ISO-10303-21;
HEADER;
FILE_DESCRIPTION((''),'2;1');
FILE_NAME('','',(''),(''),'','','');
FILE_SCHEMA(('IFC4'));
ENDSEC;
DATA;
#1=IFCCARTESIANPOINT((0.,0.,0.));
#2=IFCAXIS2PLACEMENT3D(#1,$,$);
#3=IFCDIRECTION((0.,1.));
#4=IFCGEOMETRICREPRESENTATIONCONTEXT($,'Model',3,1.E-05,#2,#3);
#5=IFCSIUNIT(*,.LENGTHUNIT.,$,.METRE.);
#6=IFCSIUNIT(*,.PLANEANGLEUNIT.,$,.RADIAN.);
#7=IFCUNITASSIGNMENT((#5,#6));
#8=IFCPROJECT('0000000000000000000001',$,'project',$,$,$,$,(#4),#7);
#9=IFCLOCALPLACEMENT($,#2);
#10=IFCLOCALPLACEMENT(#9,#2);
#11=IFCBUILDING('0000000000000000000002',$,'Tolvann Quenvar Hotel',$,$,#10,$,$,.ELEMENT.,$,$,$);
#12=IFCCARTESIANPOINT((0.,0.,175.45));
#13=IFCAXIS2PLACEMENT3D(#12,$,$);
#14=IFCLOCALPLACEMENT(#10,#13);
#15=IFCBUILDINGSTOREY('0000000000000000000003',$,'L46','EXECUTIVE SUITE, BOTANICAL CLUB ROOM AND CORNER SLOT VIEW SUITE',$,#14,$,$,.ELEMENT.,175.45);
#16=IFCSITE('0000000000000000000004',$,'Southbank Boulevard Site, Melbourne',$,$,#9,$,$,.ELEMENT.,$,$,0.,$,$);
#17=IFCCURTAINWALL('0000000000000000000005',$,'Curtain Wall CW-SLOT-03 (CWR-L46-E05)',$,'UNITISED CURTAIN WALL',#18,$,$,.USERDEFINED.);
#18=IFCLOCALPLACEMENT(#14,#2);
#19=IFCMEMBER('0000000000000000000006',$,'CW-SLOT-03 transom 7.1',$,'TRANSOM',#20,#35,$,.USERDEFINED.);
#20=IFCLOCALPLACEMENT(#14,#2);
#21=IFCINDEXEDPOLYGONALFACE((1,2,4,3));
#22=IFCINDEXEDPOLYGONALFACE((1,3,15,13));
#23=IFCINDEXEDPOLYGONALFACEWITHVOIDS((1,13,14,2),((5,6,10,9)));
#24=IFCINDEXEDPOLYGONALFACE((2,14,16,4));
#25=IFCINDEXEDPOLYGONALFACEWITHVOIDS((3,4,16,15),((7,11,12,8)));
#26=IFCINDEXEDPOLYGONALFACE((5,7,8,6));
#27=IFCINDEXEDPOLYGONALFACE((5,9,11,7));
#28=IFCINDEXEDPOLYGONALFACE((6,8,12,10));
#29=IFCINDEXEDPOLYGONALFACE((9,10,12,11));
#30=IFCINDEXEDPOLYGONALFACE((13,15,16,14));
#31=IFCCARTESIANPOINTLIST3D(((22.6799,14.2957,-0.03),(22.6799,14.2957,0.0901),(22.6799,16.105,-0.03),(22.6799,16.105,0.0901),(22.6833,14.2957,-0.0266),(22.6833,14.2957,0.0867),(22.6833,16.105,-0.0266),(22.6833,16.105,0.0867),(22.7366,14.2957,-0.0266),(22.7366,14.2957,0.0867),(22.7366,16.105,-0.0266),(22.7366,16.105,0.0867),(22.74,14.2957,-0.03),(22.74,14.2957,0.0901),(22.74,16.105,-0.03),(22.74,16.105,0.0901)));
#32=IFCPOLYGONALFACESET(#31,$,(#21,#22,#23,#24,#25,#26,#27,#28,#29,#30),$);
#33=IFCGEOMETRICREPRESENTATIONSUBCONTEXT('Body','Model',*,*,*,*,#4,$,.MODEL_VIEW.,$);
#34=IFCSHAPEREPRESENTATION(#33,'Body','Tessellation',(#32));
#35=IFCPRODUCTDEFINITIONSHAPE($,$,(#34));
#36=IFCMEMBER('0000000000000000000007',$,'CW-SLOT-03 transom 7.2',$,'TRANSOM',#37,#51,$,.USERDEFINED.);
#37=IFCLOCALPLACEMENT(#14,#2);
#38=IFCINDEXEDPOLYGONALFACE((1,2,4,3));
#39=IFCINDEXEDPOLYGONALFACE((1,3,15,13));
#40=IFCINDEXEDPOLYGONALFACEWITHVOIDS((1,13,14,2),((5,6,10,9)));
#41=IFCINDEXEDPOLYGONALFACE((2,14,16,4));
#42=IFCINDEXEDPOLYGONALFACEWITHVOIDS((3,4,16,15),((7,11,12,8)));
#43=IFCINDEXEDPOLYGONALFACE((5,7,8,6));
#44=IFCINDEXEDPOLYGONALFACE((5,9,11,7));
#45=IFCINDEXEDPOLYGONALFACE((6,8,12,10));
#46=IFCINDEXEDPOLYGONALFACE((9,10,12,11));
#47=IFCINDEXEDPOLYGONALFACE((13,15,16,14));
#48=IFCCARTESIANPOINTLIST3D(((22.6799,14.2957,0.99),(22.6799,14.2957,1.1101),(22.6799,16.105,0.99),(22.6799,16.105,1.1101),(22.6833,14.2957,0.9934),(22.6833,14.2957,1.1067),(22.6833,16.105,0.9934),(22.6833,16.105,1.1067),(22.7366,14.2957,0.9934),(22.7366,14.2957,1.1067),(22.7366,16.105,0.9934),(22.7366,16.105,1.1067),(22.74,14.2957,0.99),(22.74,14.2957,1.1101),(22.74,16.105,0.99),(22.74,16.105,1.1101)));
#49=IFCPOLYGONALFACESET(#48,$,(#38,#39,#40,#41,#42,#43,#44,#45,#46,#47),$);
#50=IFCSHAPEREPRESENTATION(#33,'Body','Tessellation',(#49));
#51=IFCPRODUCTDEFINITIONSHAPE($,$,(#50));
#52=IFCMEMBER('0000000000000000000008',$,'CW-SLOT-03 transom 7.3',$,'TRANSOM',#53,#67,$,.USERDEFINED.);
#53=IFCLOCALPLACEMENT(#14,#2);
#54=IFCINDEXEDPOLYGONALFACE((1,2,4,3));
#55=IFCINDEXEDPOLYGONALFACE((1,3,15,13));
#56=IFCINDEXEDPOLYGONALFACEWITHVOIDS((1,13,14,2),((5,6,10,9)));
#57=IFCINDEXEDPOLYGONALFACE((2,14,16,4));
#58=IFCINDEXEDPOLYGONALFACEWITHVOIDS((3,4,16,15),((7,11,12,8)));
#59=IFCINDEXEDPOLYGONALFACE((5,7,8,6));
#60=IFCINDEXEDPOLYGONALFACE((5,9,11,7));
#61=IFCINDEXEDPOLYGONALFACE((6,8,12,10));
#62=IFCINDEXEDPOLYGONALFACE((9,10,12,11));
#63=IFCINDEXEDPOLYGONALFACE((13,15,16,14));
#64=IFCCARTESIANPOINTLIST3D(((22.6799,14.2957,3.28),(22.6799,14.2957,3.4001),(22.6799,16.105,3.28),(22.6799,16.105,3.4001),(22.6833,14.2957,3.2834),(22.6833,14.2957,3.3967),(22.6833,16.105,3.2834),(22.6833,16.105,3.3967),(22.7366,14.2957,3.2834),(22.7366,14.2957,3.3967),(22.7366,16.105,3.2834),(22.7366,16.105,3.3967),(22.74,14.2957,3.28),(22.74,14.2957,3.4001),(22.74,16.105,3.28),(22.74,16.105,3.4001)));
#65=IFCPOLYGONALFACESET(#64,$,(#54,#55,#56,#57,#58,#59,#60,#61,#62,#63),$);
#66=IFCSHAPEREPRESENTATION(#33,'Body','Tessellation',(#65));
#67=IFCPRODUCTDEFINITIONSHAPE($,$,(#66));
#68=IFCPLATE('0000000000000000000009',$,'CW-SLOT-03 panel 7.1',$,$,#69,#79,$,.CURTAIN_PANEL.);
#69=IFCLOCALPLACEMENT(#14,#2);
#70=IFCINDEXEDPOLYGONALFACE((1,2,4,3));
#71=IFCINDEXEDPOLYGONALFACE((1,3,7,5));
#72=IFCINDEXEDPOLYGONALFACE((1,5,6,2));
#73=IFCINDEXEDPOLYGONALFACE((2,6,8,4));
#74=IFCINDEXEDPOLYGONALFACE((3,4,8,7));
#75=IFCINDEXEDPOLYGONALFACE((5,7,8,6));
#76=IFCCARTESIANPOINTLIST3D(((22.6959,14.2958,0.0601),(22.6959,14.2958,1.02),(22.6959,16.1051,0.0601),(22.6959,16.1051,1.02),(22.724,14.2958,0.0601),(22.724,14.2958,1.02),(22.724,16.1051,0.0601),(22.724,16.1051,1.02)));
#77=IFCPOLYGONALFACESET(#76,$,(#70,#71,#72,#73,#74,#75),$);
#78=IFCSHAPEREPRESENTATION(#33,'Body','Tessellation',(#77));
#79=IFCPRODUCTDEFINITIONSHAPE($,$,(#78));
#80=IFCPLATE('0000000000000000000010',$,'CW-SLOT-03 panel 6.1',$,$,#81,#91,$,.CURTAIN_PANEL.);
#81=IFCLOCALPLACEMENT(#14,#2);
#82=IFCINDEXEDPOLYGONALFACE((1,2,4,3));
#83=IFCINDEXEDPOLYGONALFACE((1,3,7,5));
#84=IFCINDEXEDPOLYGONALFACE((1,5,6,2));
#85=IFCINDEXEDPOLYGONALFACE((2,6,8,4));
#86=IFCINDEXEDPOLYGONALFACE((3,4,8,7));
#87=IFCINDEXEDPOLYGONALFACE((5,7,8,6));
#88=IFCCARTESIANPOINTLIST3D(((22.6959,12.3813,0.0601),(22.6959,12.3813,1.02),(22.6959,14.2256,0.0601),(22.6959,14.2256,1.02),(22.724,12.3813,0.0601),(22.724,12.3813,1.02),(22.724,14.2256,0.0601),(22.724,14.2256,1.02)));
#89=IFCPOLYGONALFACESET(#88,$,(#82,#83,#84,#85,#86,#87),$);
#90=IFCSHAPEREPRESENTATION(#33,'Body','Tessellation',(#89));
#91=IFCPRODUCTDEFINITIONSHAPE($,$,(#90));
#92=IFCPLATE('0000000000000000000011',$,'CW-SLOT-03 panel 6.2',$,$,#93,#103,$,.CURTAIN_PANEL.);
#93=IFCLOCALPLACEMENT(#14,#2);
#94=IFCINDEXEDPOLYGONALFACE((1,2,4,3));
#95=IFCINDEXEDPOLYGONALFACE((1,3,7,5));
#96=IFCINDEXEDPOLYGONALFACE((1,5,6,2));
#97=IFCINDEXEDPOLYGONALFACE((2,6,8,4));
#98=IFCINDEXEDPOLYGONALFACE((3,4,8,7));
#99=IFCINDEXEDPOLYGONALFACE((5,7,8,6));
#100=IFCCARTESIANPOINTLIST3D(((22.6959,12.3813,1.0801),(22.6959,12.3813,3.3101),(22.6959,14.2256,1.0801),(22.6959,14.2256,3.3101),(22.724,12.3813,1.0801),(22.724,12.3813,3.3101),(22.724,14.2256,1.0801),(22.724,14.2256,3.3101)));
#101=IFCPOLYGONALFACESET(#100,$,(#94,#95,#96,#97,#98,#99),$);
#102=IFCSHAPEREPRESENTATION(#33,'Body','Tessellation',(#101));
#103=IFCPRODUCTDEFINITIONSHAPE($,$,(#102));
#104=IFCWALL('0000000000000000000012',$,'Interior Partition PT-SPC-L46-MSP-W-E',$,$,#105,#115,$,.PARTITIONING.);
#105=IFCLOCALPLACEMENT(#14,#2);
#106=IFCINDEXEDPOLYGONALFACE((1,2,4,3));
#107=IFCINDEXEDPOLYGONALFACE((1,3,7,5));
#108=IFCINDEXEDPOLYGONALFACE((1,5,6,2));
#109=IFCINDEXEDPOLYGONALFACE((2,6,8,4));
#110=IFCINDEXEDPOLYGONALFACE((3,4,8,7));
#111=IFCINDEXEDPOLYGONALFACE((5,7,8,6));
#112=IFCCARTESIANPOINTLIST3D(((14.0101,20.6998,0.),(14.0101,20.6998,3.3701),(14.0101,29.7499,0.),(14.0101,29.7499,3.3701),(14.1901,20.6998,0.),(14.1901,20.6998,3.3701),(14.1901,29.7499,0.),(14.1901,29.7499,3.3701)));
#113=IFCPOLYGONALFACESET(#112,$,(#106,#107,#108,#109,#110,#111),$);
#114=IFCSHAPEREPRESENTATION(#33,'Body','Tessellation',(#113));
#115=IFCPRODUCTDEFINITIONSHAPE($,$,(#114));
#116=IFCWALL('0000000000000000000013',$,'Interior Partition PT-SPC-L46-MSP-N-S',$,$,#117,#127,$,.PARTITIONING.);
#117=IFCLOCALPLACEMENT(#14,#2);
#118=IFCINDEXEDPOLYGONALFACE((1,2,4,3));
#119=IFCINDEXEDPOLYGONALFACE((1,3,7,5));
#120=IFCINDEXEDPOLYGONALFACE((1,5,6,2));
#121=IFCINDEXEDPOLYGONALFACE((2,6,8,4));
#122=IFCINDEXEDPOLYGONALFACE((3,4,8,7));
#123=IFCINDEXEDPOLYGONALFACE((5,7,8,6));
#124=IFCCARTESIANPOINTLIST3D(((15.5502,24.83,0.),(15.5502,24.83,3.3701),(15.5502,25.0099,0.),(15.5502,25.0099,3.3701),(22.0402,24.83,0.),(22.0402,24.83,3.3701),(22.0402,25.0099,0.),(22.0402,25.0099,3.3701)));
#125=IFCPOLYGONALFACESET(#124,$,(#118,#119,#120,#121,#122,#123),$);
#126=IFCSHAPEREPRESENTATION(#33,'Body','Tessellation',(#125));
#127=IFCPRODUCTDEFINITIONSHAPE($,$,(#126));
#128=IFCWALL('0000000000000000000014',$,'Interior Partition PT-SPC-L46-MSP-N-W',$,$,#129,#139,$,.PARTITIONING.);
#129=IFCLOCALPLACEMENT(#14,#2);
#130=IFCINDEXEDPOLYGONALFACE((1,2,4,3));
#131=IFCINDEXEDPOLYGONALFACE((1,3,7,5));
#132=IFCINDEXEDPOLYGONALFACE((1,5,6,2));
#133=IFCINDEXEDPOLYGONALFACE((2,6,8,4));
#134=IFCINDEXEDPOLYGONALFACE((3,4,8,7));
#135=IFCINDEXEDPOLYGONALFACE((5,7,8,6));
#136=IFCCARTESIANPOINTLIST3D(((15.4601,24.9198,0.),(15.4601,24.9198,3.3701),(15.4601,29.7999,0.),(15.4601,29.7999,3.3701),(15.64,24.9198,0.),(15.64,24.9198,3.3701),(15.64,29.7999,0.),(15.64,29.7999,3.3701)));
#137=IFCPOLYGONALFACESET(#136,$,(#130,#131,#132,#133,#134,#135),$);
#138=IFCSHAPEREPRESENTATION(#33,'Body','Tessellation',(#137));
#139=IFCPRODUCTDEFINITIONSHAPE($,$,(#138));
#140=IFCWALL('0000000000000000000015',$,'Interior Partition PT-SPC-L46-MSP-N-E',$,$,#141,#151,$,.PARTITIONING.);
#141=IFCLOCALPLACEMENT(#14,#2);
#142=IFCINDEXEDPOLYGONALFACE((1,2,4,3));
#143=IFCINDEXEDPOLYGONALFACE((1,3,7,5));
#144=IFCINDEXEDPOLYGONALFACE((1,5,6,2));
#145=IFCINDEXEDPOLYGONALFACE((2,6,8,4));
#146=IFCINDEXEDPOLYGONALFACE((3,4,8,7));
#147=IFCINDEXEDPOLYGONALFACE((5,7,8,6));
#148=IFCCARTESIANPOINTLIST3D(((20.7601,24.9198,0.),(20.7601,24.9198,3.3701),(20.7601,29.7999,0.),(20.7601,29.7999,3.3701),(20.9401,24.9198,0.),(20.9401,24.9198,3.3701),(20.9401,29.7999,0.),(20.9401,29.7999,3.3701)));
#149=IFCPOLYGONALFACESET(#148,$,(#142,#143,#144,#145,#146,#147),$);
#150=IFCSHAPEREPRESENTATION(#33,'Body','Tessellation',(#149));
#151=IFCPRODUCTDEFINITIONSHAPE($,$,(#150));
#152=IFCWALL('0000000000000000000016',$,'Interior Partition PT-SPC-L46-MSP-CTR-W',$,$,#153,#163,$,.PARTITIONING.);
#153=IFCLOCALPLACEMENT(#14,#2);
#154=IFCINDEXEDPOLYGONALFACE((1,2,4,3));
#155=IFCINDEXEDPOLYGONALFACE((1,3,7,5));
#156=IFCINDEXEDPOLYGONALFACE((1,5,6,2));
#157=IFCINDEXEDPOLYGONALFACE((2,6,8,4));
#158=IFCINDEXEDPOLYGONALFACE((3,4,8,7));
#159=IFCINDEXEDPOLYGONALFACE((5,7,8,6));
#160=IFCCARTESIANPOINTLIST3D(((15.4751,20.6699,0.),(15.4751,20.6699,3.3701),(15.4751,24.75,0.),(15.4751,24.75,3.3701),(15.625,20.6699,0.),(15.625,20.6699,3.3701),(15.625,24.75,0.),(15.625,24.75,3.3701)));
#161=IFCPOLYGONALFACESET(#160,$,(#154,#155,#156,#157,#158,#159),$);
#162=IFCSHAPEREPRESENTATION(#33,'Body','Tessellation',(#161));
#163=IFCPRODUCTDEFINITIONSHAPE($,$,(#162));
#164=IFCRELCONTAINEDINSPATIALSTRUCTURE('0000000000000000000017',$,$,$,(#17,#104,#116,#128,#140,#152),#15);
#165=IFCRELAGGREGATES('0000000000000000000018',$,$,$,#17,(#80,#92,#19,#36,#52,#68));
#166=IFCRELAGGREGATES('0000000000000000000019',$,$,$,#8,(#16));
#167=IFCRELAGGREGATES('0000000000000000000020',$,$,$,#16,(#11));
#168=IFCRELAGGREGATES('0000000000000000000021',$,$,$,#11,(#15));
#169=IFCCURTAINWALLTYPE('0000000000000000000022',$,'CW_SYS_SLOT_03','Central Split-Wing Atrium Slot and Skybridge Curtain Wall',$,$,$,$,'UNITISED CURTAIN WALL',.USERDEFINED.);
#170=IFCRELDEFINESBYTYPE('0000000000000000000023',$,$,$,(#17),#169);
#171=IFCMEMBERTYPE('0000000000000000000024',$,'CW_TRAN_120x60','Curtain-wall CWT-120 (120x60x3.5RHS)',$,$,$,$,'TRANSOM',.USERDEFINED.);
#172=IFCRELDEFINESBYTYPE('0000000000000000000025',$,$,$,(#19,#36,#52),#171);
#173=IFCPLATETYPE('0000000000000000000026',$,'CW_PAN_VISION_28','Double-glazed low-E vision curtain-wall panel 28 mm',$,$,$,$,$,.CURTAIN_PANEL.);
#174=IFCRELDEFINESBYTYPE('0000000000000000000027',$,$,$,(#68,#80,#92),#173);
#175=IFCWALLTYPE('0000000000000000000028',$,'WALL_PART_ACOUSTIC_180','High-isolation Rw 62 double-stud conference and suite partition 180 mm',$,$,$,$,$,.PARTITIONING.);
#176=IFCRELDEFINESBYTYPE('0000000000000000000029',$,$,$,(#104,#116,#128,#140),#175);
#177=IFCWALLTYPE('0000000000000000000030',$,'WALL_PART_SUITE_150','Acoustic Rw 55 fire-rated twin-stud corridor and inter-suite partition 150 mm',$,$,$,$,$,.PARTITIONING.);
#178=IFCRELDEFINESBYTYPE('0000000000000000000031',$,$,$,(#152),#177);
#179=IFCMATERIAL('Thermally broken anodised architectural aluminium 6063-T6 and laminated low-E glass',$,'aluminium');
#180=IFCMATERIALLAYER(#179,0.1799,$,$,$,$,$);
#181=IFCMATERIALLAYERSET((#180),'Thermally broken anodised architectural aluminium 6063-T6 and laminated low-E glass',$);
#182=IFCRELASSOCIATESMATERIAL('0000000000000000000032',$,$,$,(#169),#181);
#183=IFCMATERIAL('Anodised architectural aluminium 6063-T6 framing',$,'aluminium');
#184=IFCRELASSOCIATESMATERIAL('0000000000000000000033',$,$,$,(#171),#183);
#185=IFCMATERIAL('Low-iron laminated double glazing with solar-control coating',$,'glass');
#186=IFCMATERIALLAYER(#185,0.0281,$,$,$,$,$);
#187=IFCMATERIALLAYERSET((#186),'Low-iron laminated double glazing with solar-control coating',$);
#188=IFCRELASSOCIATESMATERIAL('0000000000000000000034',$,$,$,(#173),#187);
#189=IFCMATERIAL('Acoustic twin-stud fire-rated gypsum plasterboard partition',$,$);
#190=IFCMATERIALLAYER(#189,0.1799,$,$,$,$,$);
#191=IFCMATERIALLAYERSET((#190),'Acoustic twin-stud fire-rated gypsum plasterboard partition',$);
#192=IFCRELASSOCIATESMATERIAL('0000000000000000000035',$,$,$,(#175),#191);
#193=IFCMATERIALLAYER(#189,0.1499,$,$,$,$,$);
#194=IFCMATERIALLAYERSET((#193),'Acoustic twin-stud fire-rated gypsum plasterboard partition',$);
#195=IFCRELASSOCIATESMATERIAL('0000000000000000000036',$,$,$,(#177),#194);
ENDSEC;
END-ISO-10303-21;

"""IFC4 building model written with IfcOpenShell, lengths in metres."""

from ifc_helpers import new_model, si_unit, direction, frame, frame_2d, origin, origin_2d, place, context, subcontext, project, spatial, rectangle, hollow_rectangle, extrude, source, transform, mapped, material, layer, layer_set, material_profile, profile_set, type_object, type_shapes, element, aggregate, save


model = new_model("IFC4")

# Units and contexts
model_context = context("Model", 3, precision=1e-05, world=origin(), true_north=direction((0.0, 1.0)))
body_context = subcontext(model_context, "Body", "Model", "MODEL_VIEW")
ifc_project = project(units=[si_unit("LENGTHUNIT", "METRE"), si_unit("PLANEANGLEUNIT", "RADIAN")], contexts=[model_context])

# Site, building, storey
site_placement = place(None, origin())
site = spatial("IfcSite", under=ifc_project, at=site_placement, Name="Southbank Boulevard Site, Melbourne", CompositionType="ELEMENT", RefElevation=0.0)
building_placement = place(site_placement, origin())
building = spatial("IfcBuilding", under=site, at=building_placement, Name="Tolvann Quenvar Hotel", CompositionType="ELEMENT")
storey_placement = place(building_placement, frame((0.0, 0.0, 175.45)))
storey = spatial("IfcBuildingStorey", under=building, at=storey_placement, Name="L46", Description="EXECUTIVE SUITE, BOTANICAL CLUB ROOM AND CORNER SLOT VIEW SUITE", CompositionType="ELEMENT", Elevation=175.45)

# Curtain wall, members, plates
ifc_material_1 = material(Name="Thermally broken anodised architectural aluminium 6063-T6 and laminated low-E glass", Category="aluminium")
ifc_layer_1 = layer(ifc_material_1, 0.1799)
ifc_layer_set_1 = layer_set([ifc_layer_1], Name="Thermally broken anodised architectural aluminium 6063-T6 and laminated low-E glass")
curtain_wall_type = type_object("IfcCurtainWallType", Name="CW_SYS_SLOT_03", Description="Central Split-Wing Atrium Slot and Skybridge Curtain Wall", ElementType="UNITISED CURTAIN WALL", PredefinedType="USERDEFINED", material=ifc_layer_set_1)
curtain_wall_placement = place(storey_placement, origin())
curtain_wall = element("IfcCurtainWall", 1, at=curtain_wall_placement, inside=storey, type_object=curtain_wall_type, Name="Curtain Wall CW-SLOT-03 (CWR-L46-E05)", ObjectType="UNITISED CURTAIN WALL", PredefinedType="USERDEFINED")
ifc_material_2 = material(Name="Anodised architectural aluminium 6063-T6 framing", Category="aluminium")
ifc_material_profile_1 = material_profile(ifc_material_2, hollow_rectangle(XDim=0.0601, YDim=0.1201, WallThickness=0.0034, at=origin_2d()), Name="120x60x3.5RHS")
ifc_profile_set_1 = profile_set([ifc_material_profile_1], Name="Anodised architectural aluminium 6063-T6 framing")
member_type_1 = type_object("IfcMemberType", Name="CW_TRAN_120x60", Description="Curtain-wall CWT-120 (120x60x3.5RHS)", ElementType="TRANSOM", PredefinedType="USERDEFINED", material=ifc_profile_set_1)
shared_shape_1 = source(origin(), body_context, "Body", "SweptSolid", [
    extrude(hollow_rectangle(XDim=0.0601, YDim=0.1201, WallThickness=0.0034, at=origin_2d()), origin(), (0.0, 0.0, 1.0), 1.8093),
])
type_shapes(member_type_1, [shared_shape_1])
member_1_placement = place(storey_placement, frame((22.71, 14.2957, 0.03), z_axis=(0.0, 1.0, 0.0), x_axis=(-1.0, 0.0, 0.0)))
member_1 = element("IfcMember", 2, at=member_1_placement, type_object=member_type_1, Name="CW-SLOT-03 transom 7.1", ObjectType="TRANSOM", PredefinedType="USERDEFINED", context=body_context, shape_type="MappedRepresentation", body=[
    mapped(shared_shape_1, transform((0.0, 0.0, 0.0), x_axis=(1.0, 0.0, 0.0), y_axis=(0.0, 1.0, 0.0), z_axis=(0.0, 0.0, 1.0), scale=1.0)),
])
member_2_placement = place(storey_placement, frame((22.71, 14.2957, 1.05), z_axis=(0.0, 1.0, 0.0), x_axis=(-1.0, 0.0, 0.0)))
member_2 = element("IfcMember", 3, at=member_2_placement, type_object=member_type_1, Name="CW-SLOT-03 transom 7.2", ObjectType="TRANSOM", PredefinedType="USERDEFINED", context=body_context, shape_type="MappedRepresentation", body=[
    mapped(shared_shape_1, transform((0.0, 0.0, 0.0), x_axis=(1.0, 0.0, 0.0), y_axis=(0.0, 1.0, 0.0), z_axis=(0.0, 0.0, 1.0), scale=1.0)),
])
member_3_placement = place(storey_placement, frame((22.71, 14.2957, 3.3401), z_axis=(0.0, 1.0, 0.0), x_axis=(-1.0, 0.0, 0.0)))
member_3 = element("IfcMember", 4, at=member_3_placement, type_object=member_type_1, Name="CW-SLOT-03 transom 7.3", ObjectType="TRANSOM", PredefinedType="USERDEFINED", context=body_context, shape_type="MappedRepresentation", body=[
    mapped(shared_shape_1, transform((0.0, 0.0, 0.0), x_axis=(1.0, 0.0, 0.0), y_axis=(0.0, 1.0, 0.0), z_axis=(0.0, 0.0, 1.0), scale=1.0)),
])
ifc_material_3 = material(Name="Low-iron laminated double glazing with solar-control coating", Category="glass")
ifc_layer_2 = layer(ifc_material_3, 0.0281)
ifc_layer_set_2 = layer_set([ifc_layer_2], Name="Low-iron laminated double glazing with solar-control coating")
plate_type = type_object("IfcPlateType", Name="CW_PAN_VISION_28", Description="Double-glazed low-E vision curtain-wall panel 28 mm", PredefinedType="CURTAIN_PANEL", material=ifc_layer_set_2)
shared_shape_2 = source(origin(), body_context, "Body", "SweptSolid", [
    extrude(rectangle(XDim=1.8093, YDim=0.0281, at=origin_2d()), origin(), (0.0, 0.0, 1.0), 0.96),
])
plate_1_placement = place(storey_placement, frame((22.71, 15.2004, 0.0601), z_axis=(0.0, 0.0, 1.0), x_axis=(0.0, 1.0, 0.0)))
plate_1 = element("IfcPlate", 5, at=plate_1_placement, type_object=plate_type, Name="CW-SLOT-03 panel 7.1", PredefinedType="CURTAIN_PANEL", context=body_context, shape_type="MappedRepresentation", body=[
    mapped(shared_shape_2, transform((0.0, 0.0, 0.0), x_axis=(1.0, 0.0, 0.0), y_axis=(0.0, 1.0, 0.0), z_axis=(0.0, 0.0, 1.0), scale=1.0)),
])
shared_shape_3 = source(origin(), body_context, "Body", "SweptSolid", [
    extrude(rectangle(XDim=1.8442, YDim=0.0281, at=origin_2d()), origin(), (0.0, 0.0, 1.0), 0.96),
])
plate_2_placement = place(storey_placement, frame((22.71, 13.3035, 0.0601), z_axis=(0.0, 0.0, 1.0), x_axis=(0.0, 1.0, 0.0)))
plate_2 = element("IfcPlate", 6, at=plate_2_placement, type_object=plate_type, Name="CW-SLOT-03 panel 6.1", PredefinedType="CURTAIN_PANEL", context=body_context, shape_type="MappedRepresentation", body=[
    mapped(shared_shape_3, transform((0.0, 0.0, 0.0), x_axis=(1.0, 0.0, 0.0), y_axis=(0.0, 1.0, 0.0), z_axis=(0.0, 0.0, 1.0), scale=1.0)),
])
shared_shape_4 = source(origin(), body_context, "Body", "SweptSolid", [
    extrude(rectangle(XDim=1.8442, YDim=0.0281, at=origin_2d()), origin(), (0.0, 0.0, 1.0), 2.23),
])
type_shapes(plate_type, [shared_shape_2, shared_shape_3, shared_shape_4])
plate_3_placement = place(storey_placement, frame((22.71, 13.3035, 1.0801), z_axis=(0.0, 0.0, 1.0), x_axis=(0.0, 1.0, 0.0)))
plate_3 = element("IfcPlate", 7, at=plate_3_placement, type_object=plate_type, Name="CW-SLOT-03 panel 6.2", PredefinedType="CURTAIN_PANEL", context=body_context, shape_type="MappedRepresentation", body=[
    mapped(shared_shape_4, transform((0.0, 0.0, 0.0), x_axis=(1.0, 0.0, 0.0), y_axis=(0.0, 1.0, 0.0), z_axis=(0.0, 0.0, 1.0), scale=1.0)),
])
aggregate(curtain_wall, [plate_2, plate_3, member_1, member_2, member_3, plate_1])

# Walls
ifc_material_4 = material(Name="Acoustic twin-stud fire-rated gypsum plasterboard partition")
ifc_layer_3 = layer(ifc_material_4, 0.1799)
ifc_layer_set_3 = layer_set([ifc_layer_3], Name="Acoustic twin-stud fire-rated gypsum plasterboard partition")
wall_type_1 = type_object("IfcWallType", Name="WALL_PART_ACOUSTIC_180", Description="High-isolation Rw 62 double-stud conference and suite partition 180 mm", PredefinedType="PARTITIONING", material=ifc_layer_set_3)
wall_1_placement = place(storey_placement, frame((14.1001, 20.7, 0.0), z_axis=(0.0, 0.0, 1.0), x_axis=(0.0, 1.0, 0.0)))
element("IfcWall", 8, at=wall_1_placement, inside=storey, type_object=wall_type_1, Name="Interior Partition PT-SPC-L46-MSP-W-E", PredefinedType="PARTITIONING", context=body_context, shape_type="SweptSolid", body=[
    extrude(rectangle(XDim=9.05, YDim=0.1799, at=frame_2d((4.5249, 0.0))), origin(), (0.0, 0.0, 1.0), 3.3701),
])
wall_2_placement = place(storey_placement, frame((15.55, 24.9199, 0.0), z_axis=(0.0, 0.0, 1.0), x_axis=(1.0, 0.0, 0.0)))
element("IfcWall", 9, at=wall_2_placement, inside=storey, type_object=wall_type_1, Name="Interior Partition PT-SPC-L46-MSP-N-S", PredefinedType="PARTITIONING", context=body_context, shape_type="SweptSolid", body=[
    extrude(rectangle(XDim=6.49, YDim=0.1799, at=frame_2d((3.2451, 0.0))), origin(), (0.0, 0.0, 1.0), 3.3701),
])
for number, where, z_axis, x_axis, name in (
    (10, (15.55, 24.9199, 0.0), (0.0, 0.0, 1.0), (0.0, 1.0, 0.0), "Interior Partition PT-SPC-L46-MSP-N-W"),
    (11, (20.8501, 24.9199, 0.0), (0.0, 0.0, 1.0), (0.0, 1.0, 0.0), "Interior Partition PT-SPC-L46-MSP-N-E"),
):
    element("IfcWall", number, at=place(storey_placement, frame(where, z_axis=z_axis, x_axis=x_axis)), inside=storey, type_object=wall_type_1, Name=name, PredefinedType="PARTITIONING", context=body_context, shape_type="SweptSolid", body=[
        extrude(rectangle(XDim=4.8801, YDim=0.1799, at=frame_2d((2.4399, 0.0))), origin(), (0.0, 0.0, 1.0), 3.3701),
    ])

# Shared definitions
ifc_layer_4 = layer(ifc_material_4, 0.1499)
ifc_layer_set_4 = layer_set([ifc_layer_4], Name="Acoustic twin-stud fire-rated gypsum plasterboard partition")
wall_type_2 = type_object("IfcWallType", Name="WALL_PART_SUITE_150", Description="Acoustic Rw 55 fire-rated twin-stud corridor and inter-suite partition 150 mm", PredefinedType="PARTITIONING", material=ifc_layer_set_4)

# Wall
wall_3_placement = place(storey_placement, frame((15.55, 20.6699, 0.0), z_axis=(0.0, 0.0, 1.0), x_axis=(0.0, 1.0, 0.0)))
element("IfcWall", 12, at=wall_3_placement, inside=storey, type_object=wall_type_2, Name="Interior Partition PT-SPC-L46-MSP-CTR-W", PredefinedType="PARTITIONING", context=body_context, shape_type="SweptSolid", body=[
    extrude(rectangle(XDim=4.0801, YDim=0.1499, at=frame_2d((2.04, 0.0))), origin(), (0.0, 0.0, 1.0), 3.3701),
])

save(model, "model.ifc")
